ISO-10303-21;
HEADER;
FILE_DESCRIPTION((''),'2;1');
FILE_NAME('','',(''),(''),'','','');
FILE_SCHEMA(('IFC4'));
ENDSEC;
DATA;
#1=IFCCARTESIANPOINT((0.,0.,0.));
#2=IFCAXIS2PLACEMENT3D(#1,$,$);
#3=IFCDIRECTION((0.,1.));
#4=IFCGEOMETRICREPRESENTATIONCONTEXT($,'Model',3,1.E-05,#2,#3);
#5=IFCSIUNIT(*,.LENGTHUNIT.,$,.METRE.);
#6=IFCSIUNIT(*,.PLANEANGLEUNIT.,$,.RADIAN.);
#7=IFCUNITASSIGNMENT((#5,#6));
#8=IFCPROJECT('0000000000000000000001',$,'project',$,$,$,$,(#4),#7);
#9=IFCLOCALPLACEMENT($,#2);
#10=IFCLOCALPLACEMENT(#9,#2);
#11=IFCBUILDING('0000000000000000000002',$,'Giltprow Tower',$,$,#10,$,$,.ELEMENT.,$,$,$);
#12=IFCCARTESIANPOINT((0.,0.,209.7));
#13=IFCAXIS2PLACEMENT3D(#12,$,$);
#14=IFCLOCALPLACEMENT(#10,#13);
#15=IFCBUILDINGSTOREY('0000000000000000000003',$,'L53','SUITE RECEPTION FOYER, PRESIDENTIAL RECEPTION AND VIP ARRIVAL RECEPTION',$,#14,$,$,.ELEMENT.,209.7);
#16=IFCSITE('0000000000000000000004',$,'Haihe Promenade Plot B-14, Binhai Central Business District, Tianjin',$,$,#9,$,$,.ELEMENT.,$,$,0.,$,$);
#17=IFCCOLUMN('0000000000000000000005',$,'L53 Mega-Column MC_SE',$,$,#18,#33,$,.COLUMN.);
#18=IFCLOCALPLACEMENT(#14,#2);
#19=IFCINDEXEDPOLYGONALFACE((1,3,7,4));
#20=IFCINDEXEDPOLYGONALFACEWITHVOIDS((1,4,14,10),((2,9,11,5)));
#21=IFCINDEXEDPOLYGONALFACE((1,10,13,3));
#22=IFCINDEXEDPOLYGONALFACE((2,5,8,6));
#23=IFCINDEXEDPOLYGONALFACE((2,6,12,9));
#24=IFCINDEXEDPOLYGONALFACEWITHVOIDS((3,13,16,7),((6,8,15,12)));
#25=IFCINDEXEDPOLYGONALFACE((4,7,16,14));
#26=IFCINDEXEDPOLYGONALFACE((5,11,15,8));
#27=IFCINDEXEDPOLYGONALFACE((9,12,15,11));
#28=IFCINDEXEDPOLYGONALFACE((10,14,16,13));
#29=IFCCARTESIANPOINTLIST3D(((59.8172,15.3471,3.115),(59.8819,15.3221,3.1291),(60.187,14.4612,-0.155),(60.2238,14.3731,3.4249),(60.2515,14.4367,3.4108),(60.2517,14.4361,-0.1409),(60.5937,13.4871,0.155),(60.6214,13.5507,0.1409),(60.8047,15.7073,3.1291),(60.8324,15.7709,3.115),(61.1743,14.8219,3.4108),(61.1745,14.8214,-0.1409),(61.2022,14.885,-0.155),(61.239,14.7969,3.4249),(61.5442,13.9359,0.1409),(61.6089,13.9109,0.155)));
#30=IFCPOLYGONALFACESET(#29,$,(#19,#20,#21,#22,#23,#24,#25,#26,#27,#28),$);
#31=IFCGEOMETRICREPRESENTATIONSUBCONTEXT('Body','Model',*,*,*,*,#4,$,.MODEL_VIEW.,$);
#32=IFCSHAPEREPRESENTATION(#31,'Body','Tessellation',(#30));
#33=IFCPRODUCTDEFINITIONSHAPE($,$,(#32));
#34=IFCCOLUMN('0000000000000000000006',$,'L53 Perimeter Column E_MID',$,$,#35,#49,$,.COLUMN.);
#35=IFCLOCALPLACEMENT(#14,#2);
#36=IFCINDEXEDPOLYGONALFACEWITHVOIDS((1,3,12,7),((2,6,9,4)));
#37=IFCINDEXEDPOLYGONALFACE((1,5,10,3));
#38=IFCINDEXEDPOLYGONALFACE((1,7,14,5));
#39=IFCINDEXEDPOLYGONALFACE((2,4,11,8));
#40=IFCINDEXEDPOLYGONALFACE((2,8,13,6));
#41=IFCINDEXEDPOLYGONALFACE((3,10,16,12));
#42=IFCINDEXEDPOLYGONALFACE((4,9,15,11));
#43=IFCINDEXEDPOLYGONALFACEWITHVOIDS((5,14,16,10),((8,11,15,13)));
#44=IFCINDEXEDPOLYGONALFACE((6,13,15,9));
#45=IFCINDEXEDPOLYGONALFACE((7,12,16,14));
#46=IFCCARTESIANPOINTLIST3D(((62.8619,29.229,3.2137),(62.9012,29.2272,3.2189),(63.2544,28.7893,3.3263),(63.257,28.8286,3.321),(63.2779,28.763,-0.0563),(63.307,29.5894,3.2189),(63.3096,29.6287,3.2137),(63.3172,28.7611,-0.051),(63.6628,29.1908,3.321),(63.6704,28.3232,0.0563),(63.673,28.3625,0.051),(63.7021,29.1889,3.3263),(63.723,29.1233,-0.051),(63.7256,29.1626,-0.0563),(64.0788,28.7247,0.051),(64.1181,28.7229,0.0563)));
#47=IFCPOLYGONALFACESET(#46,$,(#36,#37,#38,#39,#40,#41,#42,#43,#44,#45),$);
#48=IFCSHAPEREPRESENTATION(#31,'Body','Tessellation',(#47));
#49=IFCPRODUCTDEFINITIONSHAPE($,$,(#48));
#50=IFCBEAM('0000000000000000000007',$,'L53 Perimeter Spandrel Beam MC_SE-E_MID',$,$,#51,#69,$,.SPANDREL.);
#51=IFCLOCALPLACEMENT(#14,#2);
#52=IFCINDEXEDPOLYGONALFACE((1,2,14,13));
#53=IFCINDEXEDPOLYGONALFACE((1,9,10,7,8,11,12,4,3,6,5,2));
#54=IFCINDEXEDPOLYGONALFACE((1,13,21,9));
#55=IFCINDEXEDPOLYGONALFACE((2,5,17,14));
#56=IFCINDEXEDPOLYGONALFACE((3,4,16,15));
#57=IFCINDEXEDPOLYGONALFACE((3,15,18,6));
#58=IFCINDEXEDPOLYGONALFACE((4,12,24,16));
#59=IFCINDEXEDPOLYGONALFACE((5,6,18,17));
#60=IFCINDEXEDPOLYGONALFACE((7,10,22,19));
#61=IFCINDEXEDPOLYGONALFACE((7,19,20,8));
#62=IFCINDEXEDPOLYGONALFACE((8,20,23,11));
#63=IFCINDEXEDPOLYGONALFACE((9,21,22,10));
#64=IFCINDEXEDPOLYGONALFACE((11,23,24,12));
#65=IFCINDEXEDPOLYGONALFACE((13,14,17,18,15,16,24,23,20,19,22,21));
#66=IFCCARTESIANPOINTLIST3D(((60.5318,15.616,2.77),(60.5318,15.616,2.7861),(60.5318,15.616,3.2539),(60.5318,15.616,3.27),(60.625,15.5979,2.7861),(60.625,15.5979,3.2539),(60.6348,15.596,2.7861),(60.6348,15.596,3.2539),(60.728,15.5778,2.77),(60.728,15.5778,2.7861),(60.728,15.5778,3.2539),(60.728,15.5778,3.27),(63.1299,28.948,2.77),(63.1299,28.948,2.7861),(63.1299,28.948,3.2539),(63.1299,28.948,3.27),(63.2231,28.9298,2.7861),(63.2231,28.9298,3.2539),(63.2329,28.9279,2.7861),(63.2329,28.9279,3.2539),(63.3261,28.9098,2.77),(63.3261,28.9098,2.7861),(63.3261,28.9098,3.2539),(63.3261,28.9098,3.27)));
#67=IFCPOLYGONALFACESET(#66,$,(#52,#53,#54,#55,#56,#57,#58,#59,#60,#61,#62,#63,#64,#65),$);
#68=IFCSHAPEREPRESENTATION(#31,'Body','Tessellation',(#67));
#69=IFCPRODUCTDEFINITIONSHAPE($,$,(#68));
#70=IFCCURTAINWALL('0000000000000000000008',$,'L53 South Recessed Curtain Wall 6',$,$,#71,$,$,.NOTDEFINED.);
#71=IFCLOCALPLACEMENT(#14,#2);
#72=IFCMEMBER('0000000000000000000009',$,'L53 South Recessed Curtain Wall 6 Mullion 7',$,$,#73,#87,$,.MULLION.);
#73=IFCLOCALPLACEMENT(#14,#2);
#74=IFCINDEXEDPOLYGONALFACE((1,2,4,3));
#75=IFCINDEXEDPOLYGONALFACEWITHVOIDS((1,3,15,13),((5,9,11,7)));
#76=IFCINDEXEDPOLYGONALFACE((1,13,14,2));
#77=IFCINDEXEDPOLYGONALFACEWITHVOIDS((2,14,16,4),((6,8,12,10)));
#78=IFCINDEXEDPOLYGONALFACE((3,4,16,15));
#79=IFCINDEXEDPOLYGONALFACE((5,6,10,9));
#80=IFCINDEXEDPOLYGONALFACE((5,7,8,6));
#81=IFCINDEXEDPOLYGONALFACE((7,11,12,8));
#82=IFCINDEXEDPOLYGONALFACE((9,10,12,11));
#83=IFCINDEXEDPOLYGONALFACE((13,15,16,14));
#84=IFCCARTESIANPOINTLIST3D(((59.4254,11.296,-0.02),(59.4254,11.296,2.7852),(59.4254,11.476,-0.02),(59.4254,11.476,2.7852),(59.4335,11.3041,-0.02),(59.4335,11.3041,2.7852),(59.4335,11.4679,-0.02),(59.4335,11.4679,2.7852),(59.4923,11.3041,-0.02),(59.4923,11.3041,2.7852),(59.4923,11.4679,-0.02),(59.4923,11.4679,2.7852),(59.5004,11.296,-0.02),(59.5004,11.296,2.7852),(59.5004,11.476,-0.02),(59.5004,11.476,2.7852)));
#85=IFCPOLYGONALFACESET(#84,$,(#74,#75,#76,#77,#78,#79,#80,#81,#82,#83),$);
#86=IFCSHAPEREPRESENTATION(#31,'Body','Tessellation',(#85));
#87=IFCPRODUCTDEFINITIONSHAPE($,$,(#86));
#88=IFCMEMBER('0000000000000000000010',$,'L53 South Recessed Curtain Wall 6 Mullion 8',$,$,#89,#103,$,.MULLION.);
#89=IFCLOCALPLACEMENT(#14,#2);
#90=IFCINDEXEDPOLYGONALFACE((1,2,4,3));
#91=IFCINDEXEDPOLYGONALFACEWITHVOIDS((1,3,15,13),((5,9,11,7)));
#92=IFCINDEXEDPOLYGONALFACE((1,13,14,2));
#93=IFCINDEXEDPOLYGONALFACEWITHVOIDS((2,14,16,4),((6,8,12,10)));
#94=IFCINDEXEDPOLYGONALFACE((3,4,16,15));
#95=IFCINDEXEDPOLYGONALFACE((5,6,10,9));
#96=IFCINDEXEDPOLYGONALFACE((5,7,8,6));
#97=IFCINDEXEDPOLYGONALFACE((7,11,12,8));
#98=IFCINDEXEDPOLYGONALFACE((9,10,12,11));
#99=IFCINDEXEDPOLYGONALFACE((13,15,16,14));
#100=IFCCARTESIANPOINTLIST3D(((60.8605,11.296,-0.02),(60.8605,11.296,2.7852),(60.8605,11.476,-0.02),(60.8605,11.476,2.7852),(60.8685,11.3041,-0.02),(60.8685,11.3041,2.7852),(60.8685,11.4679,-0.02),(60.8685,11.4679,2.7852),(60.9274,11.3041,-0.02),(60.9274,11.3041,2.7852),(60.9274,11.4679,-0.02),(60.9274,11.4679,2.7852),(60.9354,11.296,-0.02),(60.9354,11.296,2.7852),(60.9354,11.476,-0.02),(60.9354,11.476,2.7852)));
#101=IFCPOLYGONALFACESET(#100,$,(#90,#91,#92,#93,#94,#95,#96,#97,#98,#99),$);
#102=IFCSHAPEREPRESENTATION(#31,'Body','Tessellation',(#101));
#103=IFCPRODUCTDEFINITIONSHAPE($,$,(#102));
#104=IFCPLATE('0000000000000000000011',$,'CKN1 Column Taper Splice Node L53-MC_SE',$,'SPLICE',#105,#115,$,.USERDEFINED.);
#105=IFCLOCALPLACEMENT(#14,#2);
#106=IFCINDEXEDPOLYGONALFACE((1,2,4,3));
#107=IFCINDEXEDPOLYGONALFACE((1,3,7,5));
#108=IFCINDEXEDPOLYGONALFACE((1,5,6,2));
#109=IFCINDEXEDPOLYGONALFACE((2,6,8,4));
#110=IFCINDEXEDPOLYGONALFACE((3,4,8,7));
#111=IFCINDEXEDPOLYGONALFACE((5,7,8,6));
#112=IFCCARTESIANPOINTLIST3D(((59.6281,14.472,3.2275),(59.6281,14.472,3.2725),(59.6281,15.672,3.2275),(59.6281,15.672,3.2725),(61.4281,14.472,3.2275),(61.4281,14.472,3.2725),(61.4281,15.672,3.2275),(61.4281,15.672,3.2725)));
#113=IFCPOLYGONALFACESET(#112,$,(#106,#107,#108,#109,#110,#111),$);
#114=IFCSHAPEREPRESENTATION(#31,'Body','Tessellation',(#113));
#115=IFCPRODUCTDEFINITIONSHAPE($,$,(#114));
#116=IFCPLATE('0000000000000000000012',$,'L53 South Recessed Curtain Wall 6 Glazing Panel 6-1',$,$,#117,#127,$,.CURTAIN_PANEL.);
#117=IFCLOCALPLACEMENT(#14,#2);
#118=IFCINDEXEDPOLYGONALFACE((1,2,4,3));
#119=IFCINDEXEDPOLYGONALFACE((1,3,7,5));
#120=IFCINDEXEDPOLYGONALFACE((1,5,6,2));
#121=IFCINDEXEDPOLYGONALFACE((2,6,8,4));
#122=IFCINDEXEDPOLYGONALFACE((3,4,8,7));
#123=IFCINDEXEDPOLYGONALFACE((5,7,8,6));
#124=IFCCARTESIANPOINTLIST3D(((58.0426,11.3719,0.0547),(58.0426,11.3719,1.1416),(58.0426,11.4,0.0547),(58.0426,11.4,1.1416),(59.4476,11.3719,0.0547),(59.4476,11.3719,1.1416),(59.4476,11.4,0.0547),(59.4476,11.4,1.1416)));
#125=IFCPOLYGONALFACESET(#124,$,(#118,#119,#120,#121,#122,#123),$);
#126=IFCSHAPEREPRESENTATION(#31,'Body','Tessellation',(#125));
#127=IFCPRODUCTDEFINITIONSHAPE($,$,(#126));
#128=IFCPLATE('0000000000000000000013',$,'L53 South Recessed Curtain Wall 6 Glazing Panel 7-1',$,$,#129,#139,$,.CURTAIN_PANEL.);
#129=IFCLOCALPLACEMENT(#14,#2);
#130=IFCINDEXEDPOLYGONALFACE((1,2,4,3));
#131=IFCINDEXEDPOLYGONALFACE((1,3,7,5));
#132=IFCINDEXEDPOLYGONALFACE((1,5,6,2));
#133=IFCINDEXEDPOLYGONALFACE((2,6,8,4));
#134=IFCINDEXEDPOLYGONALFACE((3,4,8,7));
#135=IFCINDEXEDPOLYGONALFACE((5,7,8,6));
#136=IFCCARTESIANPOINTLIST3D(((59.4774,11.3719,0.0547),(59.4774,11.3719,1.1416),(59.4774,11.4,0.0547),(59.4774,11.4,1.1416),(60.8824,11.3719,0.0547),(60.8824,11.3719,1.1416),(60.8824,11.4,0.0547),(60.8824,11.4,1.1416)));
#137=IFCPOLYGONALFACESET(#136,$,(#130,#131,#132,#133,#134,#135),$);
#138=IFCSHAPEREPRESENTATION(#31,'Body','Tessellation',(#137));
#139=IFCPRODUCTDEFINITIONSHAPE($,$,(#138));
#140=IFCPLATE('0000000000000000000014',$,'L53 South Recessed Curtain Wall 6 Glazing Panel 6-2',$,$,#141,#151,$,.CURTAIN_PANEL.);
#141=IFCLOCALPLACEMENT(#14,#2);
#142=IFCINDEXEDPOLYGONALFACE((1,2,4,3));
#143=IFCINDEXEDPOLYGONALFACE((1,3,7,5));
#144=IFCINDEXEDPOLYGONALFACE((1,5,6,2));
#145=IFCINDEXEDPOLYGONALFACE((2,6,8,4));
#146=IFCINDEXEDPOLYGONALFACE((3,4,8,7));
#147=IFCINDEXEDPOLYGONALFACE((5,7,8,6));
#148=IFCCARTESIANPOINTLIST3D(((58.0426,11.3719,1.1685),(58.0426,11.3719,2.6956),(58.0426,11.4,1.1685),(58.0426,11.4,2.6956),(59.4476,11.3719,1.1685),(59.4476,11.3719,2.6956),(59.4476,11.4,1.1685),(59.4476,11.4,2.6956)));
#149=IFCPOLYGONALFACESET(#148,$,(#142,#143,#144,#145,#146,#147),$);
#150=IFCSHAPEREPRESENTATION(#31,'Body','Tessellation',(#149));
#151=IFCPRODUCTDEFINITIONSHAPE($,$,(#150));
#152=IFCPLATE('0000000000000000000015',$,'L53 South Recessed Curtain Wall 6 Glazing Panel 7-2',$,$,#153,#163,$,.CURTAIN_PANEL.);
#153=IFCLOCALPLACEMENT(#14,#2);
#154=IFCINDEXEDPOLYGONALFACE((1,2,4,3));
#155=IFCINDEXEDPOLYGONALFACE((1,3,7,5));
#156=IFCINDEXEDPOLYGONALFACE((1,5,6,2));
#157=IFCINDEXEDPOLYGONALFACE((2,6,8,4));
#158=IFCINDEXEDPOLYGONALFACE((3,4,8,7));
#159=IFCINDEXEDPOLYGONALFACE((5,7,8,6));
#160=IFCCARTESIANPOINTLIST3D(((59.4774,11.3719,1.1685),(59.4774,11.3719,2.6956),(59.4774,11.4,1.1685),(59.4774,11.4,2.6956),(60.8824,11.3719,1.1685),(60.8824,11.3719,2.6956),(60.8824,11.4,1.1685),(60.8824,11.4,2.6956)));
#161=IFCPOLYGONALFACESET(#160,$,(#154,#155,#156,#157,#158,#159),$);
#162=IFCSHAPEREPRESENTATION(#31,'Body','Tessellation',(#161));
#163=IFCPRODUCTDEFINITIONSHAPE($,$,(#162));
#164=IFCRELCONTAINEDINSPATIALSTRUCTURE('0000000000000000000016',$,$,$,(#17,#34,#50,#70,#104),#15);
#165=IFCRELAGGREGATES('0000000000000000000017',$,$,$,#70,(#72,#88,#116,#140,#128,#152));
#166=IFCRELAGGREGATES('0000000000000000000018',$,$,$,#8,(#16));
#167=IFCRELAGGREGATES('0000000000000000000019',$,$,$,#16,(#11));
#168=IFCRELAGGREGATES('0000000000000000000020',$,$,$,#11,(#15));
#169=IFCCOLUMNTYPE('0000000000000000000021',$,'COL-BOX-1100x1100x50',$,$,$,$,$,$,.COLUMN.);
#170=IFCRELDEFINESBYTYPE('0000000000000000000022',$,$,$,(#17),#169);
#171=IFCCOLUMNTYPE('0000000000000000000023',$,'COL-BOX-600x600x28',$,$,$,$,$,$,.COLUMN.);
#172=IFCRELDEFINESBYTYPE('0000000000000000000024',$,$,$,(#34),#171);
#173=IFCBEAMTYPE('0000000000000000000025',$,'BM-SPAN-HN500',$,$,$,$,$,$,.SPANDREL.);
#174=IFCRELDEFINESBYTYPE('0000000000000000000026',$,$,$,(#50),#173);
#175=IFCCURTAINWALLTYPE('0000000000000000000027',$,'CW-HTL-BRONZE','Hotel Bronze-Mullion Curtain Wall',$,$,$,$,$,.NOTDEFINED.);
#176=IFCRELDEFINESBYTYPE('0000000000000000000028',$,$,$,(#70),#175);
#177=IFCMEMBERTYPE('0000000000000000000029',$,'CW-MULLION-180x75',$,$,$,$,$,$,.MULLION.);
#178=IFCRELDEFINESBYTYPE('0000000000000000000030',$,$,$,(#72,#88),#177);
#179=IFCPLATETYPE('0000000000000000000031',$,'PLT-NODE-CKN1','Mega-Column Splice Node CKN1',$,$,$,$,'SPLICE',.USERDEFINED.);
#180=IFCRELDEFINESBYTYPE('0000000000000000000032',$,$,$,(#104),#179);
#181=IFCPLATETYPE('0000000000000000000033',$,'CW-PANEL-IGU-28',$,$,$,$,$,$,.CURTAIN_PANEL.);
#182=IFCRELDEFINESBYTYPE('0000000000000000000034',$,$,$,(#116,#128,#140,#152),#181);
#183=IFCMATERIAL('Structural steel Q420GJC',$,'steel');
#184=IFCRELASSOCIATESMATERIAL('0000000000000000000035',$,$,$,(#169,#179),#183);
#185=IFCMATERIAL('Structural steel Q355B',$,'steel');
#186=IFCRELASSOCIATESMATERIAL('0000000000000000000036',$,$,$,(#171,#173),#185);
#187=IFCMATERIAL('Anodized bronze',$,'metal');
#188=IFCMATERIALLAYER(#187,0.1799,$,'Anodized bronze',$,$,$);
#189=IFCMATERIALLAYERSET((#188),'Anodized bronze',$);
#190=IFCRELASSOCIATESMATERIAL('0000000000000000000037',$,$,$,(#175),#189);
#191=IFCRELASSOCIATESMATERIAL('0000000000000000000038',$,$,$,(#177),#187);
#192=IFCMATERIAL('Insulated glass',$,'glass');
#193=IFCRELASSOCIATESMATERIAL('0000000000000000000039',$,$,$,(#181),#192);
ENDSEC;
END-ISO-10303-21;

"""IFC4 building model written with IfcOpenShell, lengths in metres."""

from ifc_helpers import new_model, si_unit, direction, frame, origin, origin_2d, place, context, subcontext, project, spatial, rectangle, hollow_rectangle, i_section, extrude, source, transform, mapped, material, layer, layer_set, material_profile, profile_set, type_object, element, aggregate, save


model = new_model("IFC4")

# Units and contexts
model_context = context("Model", 3, precision=1e-05, world=origin(), true_north=direction((0.0, 1.0)))
body_context = subcontext(model_context, "Body", "Model", "MODEL_VIEW")
ifc_project = project(units=[si_unit("LENGTHUNIT", "METRE"), si_unit("PLANEANGLEUNIT", "RADIAN")], contexts=[model_context])

# Site, building, storey
site_placement = place(None, origin())
site = spatial("IfcSite", under=ifc_project, at=site_placement, Name="Haihe Promenade Plot B-14, Binhai Central Business District, Tianjin", CompositionType="ELEMENT", RefElevation=0.0)
building_placement = place(site_placement, origin())
building = spatial("IfcBuilding", under=site, at=building_placement, Name="Giltprow Tower", CompositionType="ELEMENT")
storey_placement = place(building_placement, frame((0.0, 0.0, 209.7)))
storey = spatial("IfcBuildingStorey", under=building, at=storey_placement, Name="L53", Description="SUITE RECEPTION FOYER, PRESIDENTIAL RECEPTION AND VIP ARRIVAL RECEPTION", CompositionType="ELEMENT", Elevation=209.7)

# Columns
ifc_material_1 = material(Name="Structural steel Q420GJC", Category="steel")
ifc_material_profile_1 = material_profile(ifc_material_1, hollow_rectangle(XDim=1.1001, YDim=1.1001, WallThickness=0.05, at=origin_2d()), Name="BOX 1100x1100x50")
ifc_profile_set_1 = profile_set([ifc_material_profile_1], Name="Structural steel Q420GJC")
column_type_1 = type_object("IfcColumnType", Name="COL-BOX-1100x1100x50", PredefinedType="COLUMN", material=ifc_profile_set_1)
shared_shape_1 = source(origin(), body_context, "Body", "SweptSolid", [
    extrude(hollow_rectangle(XDim=1.1001, YDim=1.1001, WallThickness=0.05, at=origin_2d()), origin(), (0.0, 0.0, 1.0), 3.408),
])
column_1_placement = place(storey_placement, frame((60.8979, 14.186, 0.0), z_axis=(-0.108529, 0.259969, 0.959499), x_axis=(-0.922813, -0.385247, 0.0)))
element("IfcColumn", 1, at=column_1_placement, inside=storey, type_object=column_type_1, Name="L53 Mega-Column MC_SE", PredefinedType="COLUMN", context=body_context, shape_type="MappedRepresentation", body=[
    mapped(shared_shape_1, transform((0.0, 0.0, 0.0), x_axis=(1.0, 0.0, 0.0), y_axis=(0.0, 1.0, 0.0), z_axis=(0.0, 0.0, 1.0), scale=1.0)),
])
ifc_material_2 = material(Name="Structural steel Q355B", Category="steel")
ifc_material_profile_2 = material_profile(ifc_material_2, hollow_rectangle(XDim=0.6001, YDim=0.6001, WallThickness=0.0281, at=origin_2d()), Name="BOX 600x600x28")
ifc_profile_set_2 = profile_set([ifc_material_profile_2], Name="Structural steel Q355B")
column_type_2 = type_object("IfcColumnType", Name="COL-BOX-600x600x28", PredefinedType="COLUMN", material=ifc_profile_set_2)
shared_shape_2 = source(origin(), body_context, "Body", "SweptSolid", [
    extrude(hollow_rectangle(XDim=0.6001, YDim=0.6001, WallThickness=0.0281, at=origin_2d()), origin(), (0.0, 0.0, 1.0), 3.3291),
])
column_2_placement = place(storey_placement, frame((63.698, 28.7429, 0.0), z_axis=(-0.124961, 0.139995, 0.982235), x_axis=(-0.746028, -0.665915, 0.0)))
element("IfcColumn", 2, at=column_2_placement, inside=storey, type_object=column_type_2, Name="L53 Perimeter Column E_MID", PredefinedType="COLUMN", context=body_context, shape_type="MappedRepresentation", body=[
    mapped(shared_shape_2, transform((0.0, 0.0, 0.0), x_axis=(1.0, 0.0, 0.0), y_axis=(0.0, 1.0, 0.0), z_axis=(0.0, 0.0, 1.0), scale=1.0)),
])

# Beam
ifc_material_profile_3 = material_profile(ifc_material_2, i_section(OverallWidth=0.2, OverallDepth=0.5, WebThickness=0.01, FlangeThickness=0.0161, at=origin_2d()), Name="HN 500x200x10x16")
ifc_profile_set_3 = profile_set([ifc_material_profile_3], Name="Structural steel Q355B")
beam_type = type_object("IfcBeamType", Name="BM-SPAN-HN500", PredefinedType="SPANDREL", material=ifc_profile_set_3)
shared_shape_3 = source(origin(), body_context, "Body", "SweptSolid", [
    extrude(i_section(OverallWidth=0.2, OverallDepth=0.5, WebThickness=0.01, FlangeThickness=0.0161, at=origin_2d()), origin(), (0.0, 0.0, 1.0), 13.5828),
])
beam_placement = place(storey_placement, frame((60.6299, 15.5969, 3.02), z_axis=(0.191281, 0.981535, 0.0), x_axis=(-0.981535, 0.191281, 0.0)))
element("IfcBeam", 3, at=beam_placement, inside=storey, type_object=beam_type, Name="L53 Perimeter Spandrel Beam MC_SE-E_MID", PredefinedType="SPANDREL", context=body_context, shape_type="MappedRepresentation", body=[
    mapped(shared_shape_3, transform((0.0, 0.0, 0.0), x_axis=(1.0, 0.0, 0.0), y_axis=(0.0, 1.0, 0.0), z_axis=(0.0, 0.0, 1.0), scale=1.0)),
])

# Curtain wall, members
ifc_material_3 = material(Name="Anodized bronze", Category="metal")
ifc_layer_1 = layer(ifc_material_3, 0.1799, Name="Anodized bronze")
ifc_layer_set_1 = layer_set([ifc_layer_1], Name="Anodized bronze")
curtain_wall_type = type_object("IfcCurtainWallType", Name="CW-HTL-BRONZE", Description="Hotel Bronze-Mullion Curtain Wall", PredefinedType="NOTDEFINED", material=ifc_layer_set_1)
curtain_wall_placement = place(storey_placement, origin())
curtain_wall = element("IfcCurtainWall", 4, at=curtain_wall_placement, inside=storey, type_object=curtain_wall_type, Name="L53 South Recessed Curtain Wall 6", PredefinedType="NOTDEFINED")
ifc_material_profile_4 = material_profile(ifc_material_3, hollow_rectangle(XDim=0.075, YDim=0.1799, WallThickness=0.0081, at=origin_2d()), Name="RHS 180x75x8")
ifc_profile_set_4 = profile_set([ifc_material_profile_4], Name="Anodized bronze")
member_type = type_object("IfcMemberType", Name="CW-MULLION-180x75", PredefinedType="MULLION", material=ifc_profile_set_4)
shared_shape_4 = source(origin(), body_context, "Body", "SweptSolid", [
    extrude(hollow_rectangle(XDim=0.075, YDim=0.1799, WallThickness=0.0081, at=origin_2d()), origin(), (0.0, 0.0, 1.0), 2.8052),
])
member_1_placement = place(storey_placement, frame((59.4629, 11.386, -0.02), z_axis=(0.0, 0.0, 1.0), x_axis=(1.0, 0.0, 0.0)))
member_1 = element("IfcMember", 5, at=member_1_placement, type_object=member_type, Name="L53 South Recessed Curtain Wall 6 Mullion 7", PredefinedType="MULLION", context=body_context, shape_type="MappedRepresentation", body=[
    mapped(shared_shape_4, transform((0.0, 0.0, 0.0), x_axis=(1.0, 0.0, 0.0), y_axis=(0.0, 1.0, 0.0), z_axis=(0.0, 0.0, 1.0), scale=1.0)),
])
member_2_placement = place(storey_placement, frame((60.8979, 11.386, -0.02), z_axis=(0.0, 0.0, 1.0), x_axis=(1.0, 0.0, 0.0)))
member_2 = element("IfcMember", 6, at=member_2_placement, type_object=member_type, Name="L53 South Recessed Curtain Wall 6 Mullion 8", PredefinedType="MULLION", context=body_context, shape_type="MappedRepresentation", body=[
    mapped(shared_shape_4, transform((0.0, 0.0, 0.0), x_axis=(1.0, 0.0, 0.0), y_axis=(0.0, 1.0, 0.0), z_axis=(0.0, 0.0, 1.0), scale=1.0)),
])

# Plates
plate_type_1 = type_object("IfcPlateType", Name="PLT-NODE-CKN1", Description="Mega-Column Splice Node CKN1", ElementType="SPLICE", PredefinedType="USERDEFINED", material=ifc_material_1)
shared_shape_5 = source(origin(), body_context, "Body", "SweptSolid", [
    extrude(rectangle(XDim=1.8, YDim=1.2, at=origin_2d()), origin(), (0.0, 0.0, 1.0), 0.0449),
])
plate_1_placement = place(storey_placement, frame((60.5281, 15.072, 3.2275), z_axis=(0.0, 0.0, 1.0), x_axis=(1.0, 0.0, 0.0)))
element("IfcPlate", 7, at=plate_1_placement, inside=storey, type_object=plate_type_1, Name="CKN1 Column Taper Splice Node L53-MC_SE", ObjectType="SPLICE", PredefinedType="USERDEFINED", context=body_context, shape_type="MappedRepresentation", body=[
    mapped(shared_shape_5, transform((0.0, 0.0, 0.0), x_axis=(1.0, 0.0, 0.0), y_axis=(0.0, 1.0, 0.0), z_axis=(0.0, 0.0, 1.0), scale=1.0)),
])
ifc_material_4 = material(Name="Insulated glass", Category="glass")
plate_type_2 = type_object("IfcPlateType", Name="CW-PANEL-IGU-28", PredefinedType="CURTAIN_PANEL", material=ifc_material_4)
shared_shape_6 = source(origin(), body_context, "Body", "SweptSolid", [
    extrude(rectangle(XDim=1.405, YDim=0.0281, at=origin_2d()), origin(), (0.0, 0.0, 1.0), 1.0869),
])
plate_2_placement = place(storey_placement, frame((58.7451, 11.386, 0.0547), z_axis=(0.0, 0.0, 1.0), x_axis=(1.0, 0.0, 0.0)))
plate_2 = element("IfcPlate", 8, at=plate_2_placement, type_object=plate_type_2, Name="L53 South Recessed Curtain Wall 6 Glazing Panel 6-1", PredefinedType="CURTAIN_PANEL", context=body_context, shape_type="MappedRepresentation", body=[
    mapped(shared_shape_6, transform((0.0, 0.0, 0.0), x_axis=(1.0, 0.0, 0.0), y_axis=(0.0, 1.0, 0.0), z_axis=(0.0, 0.0, 1.0), scale=1.0)),
])
plate_3_placement = place(storey_placement, frame((60.1799, 11.386, 0.0547), z_axis=(0.0, 0.0, 1.0), x_axis=(1.0, 0.0, 0.0)))
plate_3 = element("IfcPlate", 9, at=plate_3_placement, type_object=plate_type_2, Name="L53 South Recessed Curtain Wall 6 Glazing Panel 7-1", PredefinedType="CURTAIN_PANEL", context=body_context, shape_type="MappedRepresentation", body=[
    mapped(shared_shape_6, transform((0.0, 0.0, 0.0), x_axis=(1.0, 0.0, 0.0), y_axis=(0.0, 1.0, 0.0), z_axis=(0.0, 0.0, 1.0), scale=1.0)),
])
shared_shape_7 = source(origin(), body_context, "Body", "SweptSolid", [
    extrude(rectangle(XDim=1.405, YDim=0.0281, at=origin_2d()), origin(), (0.0, 0.0, 1.0), 1.5271),
])
plate_4_placement = place(storey_placement, frame((58.7451, 11.386, 1.1685), z_axis=(0.0, 0.0, 1.0), x_axis=(1.0, 0.0, 0.0)))
plate_4 = element("IfcPlate", 10, at=plate_4_placement, type_object=plate_type_2, Name="L53 South Recessed Curtain Wall 6 Glazing Panel 6-2", PredefinedType="CURTAIN_PANEL", context=body_context, shape_type="MappedRepresentation", body=[
    mapped(shared_shape_7, transform((0.0, 0.0, 0.0), x_axis=(1.0, 0.0, 0.0), y_axis=(0.0, 1.0, 0.0), z_axis=(0.0, 0.0, 1.0), scale=1.0)),
])
plate_5_placement = place(storey_placement, frame((60.1799, 11.386, 1.1685), z_axis=(0.0, 0.0, 1.0), x_axis=(1.0, 0.0, 0.0)))
plate_5 = element("IfcPlate", 11, at=plate_5_placement, type_object=plate_type_2, Name="L53 South Recessed Curtain Wall 6 Glazing Panel 7-2", PredefinedType="CURTAIN_PANEL", context=body_context, shape_type="MappedRepresentation", body=[
    mapped(shared_shape_7, transform((0.0, 0.0, 0.0), x_axis=(1.0, 0.0, 0.0), y_axis=(0.0, 1.0, 0.0), z_axis=(0.0, 0.0, 1.0), scale=1.0)),
])
aggregate(curtain_wall, [member_1, member_2, plate_2, plate_4, plate_3, plate_5])

save(model, "model.ifc")
